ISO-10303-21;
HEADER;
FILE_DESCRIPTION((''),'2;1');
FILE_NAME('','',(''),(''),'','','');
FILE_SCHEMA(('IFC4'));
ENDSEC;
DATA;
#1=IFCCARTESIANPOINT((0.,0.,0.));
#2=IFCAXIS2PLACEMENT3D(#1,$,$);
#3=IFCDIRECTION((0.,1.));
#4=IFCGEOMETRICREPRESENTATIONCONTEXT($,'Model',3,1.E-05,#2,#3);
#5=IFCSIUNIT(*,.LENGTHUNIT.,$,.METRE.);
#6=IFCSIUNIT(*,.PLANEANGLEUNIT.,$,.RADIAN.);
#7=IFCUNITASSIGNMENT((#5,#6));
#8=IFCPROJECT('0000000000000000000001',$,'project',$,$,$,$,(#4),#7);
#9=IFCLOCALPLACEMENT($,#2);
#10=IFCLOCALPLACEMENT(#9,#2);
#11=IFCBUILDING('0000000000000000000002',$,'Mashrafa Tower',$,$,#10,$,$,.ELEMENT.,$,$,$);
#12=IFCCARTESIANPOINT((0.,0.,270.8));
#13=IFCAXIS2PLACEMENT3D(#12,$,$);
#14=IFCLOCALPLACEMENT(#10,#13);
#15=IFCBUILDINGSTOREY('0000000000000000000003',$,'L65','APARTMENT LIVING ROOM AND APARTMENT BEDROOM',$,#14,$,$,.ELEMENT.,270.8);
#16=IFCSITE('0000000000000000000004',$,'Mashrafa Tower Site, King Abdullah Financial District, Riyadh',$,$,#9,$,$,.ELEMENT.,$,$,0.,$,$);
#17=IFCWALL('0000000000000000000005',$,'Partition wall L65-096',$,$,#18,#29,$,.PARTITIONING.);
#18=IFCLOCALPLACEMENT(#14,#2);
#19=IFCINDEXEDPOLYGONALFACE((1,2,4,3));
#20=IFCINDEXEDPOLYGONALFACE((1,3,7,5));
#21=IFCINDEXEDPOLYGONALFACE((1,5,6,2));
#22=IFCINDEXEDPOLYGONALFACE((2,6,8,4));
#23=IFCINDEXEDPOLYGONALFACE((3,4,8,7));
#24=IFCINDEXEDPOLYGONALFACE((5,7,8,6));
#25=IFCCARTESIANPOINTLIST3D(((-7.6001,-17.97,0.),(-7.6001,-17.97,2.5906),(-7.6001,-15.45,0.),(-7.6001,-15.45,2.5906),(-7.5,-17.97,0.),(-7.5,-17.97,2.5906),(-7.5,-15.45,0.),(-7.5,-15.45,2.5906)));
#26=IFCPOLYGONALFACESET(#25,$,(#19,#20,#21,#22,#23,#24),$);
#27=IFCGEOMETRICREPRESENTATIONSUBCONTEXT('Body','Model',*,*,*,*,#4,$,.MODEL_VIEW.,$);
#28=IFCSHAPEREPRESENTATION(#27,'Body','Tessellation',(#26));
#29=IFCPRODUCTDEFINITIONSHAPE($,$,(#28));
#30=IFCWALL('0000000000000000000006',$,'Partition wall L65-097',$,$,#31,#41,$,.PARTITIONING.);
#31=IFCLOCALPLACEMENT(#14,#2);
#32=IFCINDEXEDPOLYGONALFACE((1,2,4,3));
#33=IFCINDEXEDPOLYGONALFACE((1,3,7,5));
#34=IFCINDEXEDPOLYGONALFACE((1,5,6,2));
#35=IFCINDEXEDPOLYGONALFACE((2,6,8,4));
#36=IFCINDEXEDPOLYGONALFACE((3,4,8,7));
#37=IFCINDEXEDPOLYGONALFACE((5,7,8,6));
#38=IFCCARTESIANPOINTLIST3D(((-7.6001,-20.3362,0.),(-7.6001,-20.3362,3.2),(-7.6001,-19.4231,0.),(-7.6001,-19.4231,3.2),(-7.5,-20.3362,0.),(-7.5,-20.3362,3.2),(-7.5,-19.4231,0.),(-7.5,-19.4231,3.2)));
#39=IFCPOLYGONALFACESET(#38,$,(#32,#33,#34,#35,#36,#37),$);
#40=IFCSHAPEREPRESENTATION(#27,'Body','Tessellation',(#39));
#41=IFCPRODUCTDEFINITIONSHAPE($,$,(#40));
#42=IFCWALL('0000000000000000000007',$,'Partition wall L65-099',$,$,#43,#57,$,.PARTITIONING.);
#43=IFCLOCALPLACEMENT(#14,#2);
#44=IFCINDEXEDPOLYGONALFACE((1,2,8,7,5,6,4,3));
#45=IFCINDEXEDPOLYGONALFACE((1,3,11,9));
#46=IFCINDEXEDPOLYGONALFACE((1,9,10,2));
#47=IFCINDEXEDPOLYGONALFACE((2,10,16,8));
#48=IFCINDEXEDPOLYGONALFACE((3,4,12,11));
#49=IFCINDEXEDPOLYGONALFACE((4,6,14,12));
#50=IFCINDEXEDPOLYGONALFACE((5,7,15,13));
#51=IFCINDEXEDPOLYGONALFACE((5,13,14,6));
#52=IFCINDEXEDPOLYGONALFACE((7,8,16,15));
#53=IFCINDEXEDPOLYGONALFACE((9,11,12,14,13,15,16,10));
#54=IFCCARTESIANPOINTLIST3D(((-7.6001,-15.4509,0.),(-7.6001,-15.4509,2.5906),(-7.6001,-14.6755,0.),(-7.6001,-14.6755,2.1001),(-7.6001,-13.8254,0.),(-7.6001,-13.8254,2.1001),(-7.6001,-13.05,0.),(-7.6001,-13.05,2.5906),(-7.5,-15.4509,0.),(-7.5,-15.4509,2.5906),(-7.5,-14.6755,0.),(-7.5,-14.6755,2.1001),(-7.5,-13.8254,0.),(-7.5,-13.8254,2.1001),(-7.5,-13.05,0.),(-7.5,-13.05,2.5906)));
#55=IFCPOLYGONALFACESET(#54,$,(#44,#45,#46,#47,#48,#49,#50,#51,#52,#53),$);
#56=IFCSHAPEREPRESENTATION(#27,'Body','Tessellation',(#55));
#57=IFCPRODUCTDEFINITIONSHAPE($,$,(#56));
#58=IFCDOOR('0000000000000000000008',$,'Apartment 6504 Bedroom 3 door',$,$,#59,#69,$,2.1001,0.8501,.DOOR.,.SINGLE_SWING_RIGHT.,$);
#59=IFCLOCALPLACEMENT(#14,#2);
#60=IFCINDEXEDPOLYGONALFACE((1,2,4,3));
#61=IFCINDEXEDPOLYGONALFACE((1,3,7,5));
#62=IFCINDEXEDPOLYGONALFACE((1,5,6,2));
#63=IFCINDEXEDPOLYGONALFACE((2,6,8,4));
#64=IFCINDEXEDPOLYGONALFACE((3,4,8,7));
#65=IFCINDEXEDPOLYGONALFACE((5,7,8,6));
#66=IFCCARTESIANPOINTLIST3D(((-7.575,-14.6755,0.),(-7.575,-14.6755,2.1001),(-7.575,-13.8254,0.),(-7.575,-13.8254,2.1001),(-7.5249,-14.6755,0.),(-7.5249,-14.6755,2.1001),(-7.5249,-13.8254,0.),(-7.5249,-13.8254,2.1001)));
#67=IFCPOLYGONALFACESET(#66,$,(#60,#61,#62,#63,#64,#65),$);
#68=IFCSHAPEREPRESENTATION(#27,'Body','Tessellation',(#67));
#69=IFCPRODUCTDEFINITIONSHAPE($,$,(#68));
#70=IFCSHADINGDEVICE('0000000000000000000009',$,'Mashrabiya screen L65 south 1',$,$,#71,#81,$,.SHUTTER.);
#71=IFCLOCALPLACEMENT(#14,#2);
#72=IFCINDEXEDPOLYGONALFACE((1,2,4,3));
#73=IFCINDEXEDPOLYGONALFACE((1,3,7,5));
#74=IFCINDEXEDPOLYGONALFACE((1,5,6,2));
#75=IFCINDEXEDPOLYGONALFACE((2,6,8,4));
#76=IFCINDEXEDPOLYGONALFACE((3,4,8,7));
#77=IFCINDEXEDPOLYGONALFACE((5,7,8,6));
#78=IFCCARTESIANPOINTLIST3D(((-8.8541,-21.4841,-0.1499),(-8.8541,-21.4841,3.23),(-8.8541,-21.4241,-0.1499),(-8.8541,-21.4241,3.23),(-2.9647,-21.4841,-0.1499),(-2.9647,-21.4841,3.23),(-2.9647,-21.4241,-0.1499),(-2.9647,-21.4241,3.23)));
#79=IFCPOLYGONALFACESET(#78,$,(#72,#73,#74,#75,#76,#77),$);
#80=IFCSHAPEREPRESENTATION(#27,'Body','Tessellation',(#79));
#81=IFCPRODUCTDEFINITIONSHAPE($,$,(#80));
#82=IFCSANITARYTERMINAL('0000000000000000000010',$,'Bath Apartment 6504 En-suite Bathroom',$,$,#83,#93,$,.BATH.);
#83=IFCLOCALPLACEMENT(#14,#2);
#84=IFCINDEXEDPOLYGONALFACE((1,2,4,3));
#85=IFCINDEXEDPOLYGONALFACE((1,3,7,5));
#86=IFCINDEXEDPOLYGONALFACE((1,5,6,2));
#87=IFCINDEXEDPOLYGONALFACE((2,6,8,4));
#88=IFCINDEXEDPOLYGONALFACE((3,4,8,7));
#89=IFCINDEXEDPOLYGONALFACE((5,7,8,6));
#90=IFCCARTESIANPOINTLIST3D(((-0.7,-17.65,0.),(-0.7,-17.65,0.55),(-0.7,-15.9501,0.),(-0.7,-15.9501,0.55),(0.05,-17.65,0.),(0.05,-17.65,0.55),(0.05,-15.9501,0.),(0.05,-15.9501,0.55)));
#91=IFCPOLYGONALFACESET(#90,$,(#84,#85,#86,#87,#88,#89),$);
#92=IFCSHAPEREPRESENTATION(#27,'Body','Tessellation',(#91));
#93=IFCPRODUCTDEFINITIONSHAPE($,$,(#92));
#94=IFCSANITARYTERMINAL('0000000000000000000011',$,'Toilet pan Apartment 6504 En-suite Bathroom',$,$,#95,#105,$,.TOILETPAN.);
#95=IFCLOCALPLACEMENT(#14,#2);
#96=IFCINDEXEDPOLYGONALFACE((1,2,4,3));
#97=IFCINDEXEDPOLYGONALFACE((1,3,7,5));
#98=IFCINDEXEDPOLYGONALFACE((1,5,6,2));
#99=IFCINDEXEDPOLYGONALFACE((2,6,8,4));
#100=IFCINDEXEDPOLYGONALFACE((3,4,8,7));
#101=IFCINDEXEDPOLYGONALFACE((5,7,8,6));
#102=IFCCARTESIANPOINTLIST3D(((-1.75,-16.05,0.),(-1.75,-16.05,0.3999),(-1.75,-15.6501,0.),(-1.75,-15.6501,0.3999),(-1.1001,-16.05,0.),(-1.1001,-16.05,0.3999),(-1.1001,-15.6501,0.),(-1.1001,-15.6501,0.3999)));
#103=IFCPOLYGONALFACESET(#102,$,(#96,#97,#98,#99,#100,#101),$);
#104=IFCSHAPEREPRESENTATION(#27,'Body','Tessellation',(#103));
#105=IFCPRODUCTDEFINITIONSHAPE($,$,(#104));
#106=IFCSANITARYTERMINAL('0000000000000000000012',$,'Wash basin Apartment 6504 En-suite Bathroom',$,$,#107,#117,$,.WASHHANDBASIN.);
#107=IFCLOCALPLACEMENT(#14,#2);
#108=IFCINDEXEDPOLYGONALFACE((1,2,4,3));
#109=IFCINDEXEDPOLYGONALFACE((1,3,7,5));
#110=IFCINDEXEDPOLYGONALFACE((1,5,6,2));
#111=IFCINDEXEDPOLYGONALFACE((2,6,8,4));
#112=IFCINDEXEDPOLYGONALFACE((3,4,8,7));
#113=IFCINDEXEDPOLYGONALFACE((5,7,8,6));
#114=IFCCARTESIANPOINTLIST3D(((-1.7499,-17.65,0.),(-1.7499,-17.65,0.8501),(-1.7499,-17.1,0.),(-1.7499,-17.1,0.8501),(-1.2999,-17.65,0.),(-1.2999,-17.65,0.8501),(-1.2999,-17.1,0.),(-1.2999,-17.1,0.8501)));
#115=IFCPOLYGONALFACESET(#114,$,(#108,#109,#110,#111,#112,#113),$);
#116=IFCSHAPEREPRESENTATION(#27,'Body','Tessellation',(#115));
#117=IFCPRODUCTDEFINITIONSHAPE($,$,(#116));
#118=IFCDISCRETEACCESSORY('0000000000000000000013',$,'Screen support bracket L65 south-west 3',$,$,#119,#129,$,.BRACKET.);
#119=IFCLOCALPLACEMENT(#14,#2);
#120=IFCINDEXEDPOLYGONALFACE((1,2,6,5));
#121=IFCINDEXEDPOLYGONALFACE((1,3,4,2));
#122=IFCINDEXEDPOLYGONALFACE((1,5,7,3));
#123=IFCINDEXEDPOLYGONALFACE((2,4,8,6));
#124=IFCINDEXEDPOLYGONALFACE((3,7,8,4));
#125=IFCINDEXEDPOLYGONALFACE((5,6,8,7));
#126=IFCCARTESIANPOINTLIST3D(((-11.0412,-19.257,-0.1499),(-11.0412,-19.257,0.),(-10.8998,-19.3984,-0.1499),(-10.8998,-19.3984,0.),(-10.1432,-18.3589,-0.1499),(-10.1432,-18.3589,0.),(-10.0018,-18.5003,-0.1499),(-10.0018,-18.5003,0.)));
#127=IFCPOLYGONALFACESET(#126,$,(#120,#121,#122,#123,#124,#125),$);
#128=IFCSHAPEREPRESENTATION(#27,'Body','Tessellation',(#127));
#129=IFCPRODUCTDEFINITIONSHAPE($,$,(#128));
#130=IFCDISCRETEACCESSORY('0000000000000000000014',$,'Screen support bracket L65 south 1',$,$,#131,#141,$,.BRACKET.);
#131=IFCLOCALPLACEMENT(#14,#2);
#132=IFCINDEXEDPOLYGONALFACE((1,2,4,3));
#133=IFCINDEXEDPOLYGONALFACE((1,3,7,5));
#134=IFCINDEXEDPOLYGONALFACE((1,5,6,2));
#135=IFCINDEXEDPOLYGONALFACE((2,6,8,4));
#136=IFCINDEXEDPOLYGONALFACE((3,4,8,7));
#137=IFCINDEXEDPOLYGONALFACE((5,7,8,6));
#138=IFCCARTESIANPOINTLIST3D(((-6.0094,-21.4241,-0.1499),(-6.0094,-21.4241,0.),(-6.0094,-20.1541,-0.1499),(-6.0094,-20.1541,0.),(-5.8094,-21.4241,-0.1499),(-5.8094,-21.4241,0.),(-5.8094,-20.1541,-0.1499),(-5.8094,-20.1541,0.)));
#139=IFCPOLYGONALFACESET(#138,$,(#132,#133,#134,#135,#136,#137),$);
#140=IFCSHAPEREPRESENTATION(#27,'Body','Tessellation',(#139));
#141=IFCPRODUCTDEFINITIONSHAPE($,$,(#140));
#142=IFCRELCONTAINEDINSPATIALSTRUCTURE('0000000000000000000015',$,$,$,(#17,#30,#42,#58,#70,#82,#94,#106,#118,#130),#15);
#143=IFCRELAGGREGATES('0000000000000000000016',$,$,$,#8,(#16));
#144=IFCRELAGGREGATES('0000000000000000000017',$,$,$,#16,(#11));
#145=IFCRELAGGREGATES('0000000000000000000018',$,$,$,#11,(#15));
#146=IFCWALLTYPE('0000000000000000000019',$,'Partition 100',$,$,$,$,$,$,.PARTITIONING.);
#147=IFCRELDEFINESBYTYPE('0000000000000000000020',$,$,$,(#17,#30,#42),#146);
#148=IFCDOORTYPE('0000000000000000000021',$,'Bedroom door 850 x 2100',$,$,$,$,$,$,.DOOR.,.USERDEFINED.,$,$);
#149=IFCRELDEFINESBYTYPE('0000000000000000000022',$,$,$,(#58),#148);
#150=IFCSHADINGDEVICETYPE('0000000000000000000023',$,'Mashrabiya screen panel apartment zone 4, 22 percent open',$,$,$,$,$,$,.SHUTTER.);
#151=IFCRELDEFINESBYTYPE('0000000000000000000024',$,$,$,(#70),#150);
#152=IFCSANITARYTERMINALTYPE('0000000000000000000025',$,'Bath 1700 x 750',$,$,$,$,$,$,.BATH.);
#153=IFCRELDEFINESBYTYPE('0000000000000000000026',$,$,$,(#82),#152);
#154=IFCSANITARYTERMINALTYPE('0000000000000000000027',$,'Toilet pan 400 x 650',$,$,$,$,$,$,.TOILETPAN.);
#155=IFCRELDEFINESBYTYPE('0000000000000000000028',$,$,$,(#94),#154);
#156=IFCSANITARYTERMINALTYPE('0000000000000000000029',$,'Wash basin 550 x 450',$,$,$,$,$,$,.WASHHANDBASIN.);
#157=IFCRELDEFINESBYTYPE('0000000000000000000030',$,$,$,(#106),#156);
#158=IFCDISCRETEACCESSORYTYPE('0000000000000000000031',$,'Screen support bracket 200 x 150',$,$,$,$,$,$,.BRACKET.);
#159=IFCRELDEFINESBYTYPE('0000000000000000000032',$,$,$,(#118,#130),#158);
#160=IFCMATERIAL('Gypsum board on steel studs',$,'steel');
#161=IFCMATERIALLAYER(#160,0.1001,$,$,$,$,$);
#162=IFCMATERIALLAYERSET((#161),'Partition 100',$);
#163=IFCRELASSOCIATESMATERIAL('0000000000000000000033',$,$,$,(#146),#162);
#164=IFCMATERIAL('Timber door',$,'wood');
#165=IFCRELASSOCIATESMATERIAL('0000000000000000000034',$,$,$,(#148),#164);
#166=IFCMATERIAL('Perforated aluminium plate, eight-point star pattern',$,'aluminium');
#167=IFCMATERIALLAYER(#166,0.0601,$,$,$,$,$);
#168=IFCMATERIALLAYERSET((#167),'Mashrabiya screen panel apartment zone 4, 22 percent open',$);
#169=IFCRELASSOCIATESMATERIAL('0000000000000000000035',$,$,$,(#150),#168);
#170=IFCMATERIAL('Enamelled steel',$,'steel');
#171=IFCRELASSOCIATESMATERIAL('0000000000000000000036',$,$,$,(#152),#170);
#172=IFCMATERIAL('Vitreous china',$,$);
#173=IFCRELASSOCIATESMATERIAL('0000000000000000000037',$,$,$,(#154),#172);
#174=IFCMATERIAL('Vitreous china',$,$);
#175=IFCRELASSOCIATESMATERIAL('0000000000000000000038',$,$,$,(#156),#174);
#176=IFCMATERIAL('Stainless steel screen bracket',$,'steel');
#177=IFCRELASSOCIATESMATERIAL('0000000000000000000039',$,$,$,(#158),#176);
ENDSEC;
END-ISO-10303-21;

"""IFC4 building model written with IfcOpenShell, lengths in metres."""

from ifc_helpers import new_model, si_unit, direction, frame, frame_2d, origin, origin_2d, place, context, subcontext, project, spatial, rectangle, extrude, source, transform, mapped, material, layer, layer_set, type_object, type_shapes, element, fill, save


model = new_model("IFC4")

# Units and contexts
model_context = context("Model", 3, precision=1e-05, world=origin(), true_north=direction((0.0, 1.0)))
body_context = subcontext(model_context, "Body", "Model", "MODEL_VIEW")
ifc_project = project(units=[si_unit("LENGTHUNIT", "METRE"), si_unit("PLANEANGLEUNIT", "RADIAN")], contexts=[model_context])

# Site, building, storey
site_placement = place(None, origin())
site = spatial("IfcSite", under=ifc_project, at=site_placement, Name="Mashrafa Tower Site, King Abdullah Financial District, Riyadh", CompositionType="ELEMENT", RefElevation=0.0)
building_placement = place(site_placement, origin())
building = spatial("IfcBuilding", under=site, at=building_placement, Name="Mashrafa Tower", CompositionType="ELEMENT")
storey_placement = place(building_placement, frame((0.0, 0.0, 270.8)))
storey = spatial("IfcBuildingStorey", under=building, at=storey_placement, Name="L65", Description="APARTMENT LIVING ROOM AND APARTMENT BEDROOM", CompositionType="ELEMENT", Elevation=270.8)

# Walls
ifc_material_1 = material(Name="Gypsum board on steel studs", Category="steel")
ifc_layer_1 = layer(ifc_material_1, 0.1001)
ifc_layer_set_1 = layer_set([ifc_layer_1], Name="Partition 100")
wall_type = type_object("IfcWallType", Name="Partition 100", PredefinedType="PARTITIONING", material=ifc_layer_set_1)
wall_1_placement = place(storey_placement, frame((-7.55, -15.45, 0.0), z_axis=(0.0, 0.0, 1.0), x_axis=(0.0, -1.0, 0.0)))
element("IfcWall", 1, at=wall_1_placement, inside=storey, type_object=wall_type, Name="Partition wall L65-096", PredefinedType="PARTITIONING", context=body_context, shape_type="SweptSolid", body=[
    extrude(rectangle(XDim=2.52, YDim=0.1001, at=frame_2d((1.26, 0.0))), origin(), (0.0, 0.0, 1.0), 2.5906),
])
wall_2_placement = place(storey_placement, frame((-7.55, -19.4231, 0.0), z_axis=(0.0, 0.0, 1.0), x_axis=(0.0, -1.0, 0.0)))
element("IfcWall", 2, at=wall_2_placement, inside=storey, type_object=wall_type, Name="Partition wall L65-097", PredefinedType="PARTITIONING", context=body_context, shape_type="SweptSolid", body=[
    extrude(rectangle(XDim=0.9131, YDim=0.1001, at=frame_2d((0.4565, 0.0))), origin(), (0.0, 0.0, 1.0), 3.2),
])

# Wall, opening, door
wall_3_placement = place(storey_placement, frame((-7.55, -15.4509, 0.0), z_axis=(0.0, 0.0, 1.0), x_axis=(0.0, 1.0, 0.0)))
wall_3 = element("IfcWall", 3, at=wall_3_placement, inside=storey, type_object=wall_type, Name="Partition wall L65-099", PredefinedType="PARTITIONING", context=body_context, shape_type="SweptSolid", body=[
    extrude(rectangle(XDim=2.4009, YDim=0.1001, at=frame_2d((1.2004, 0.0))), origin(), (0.0, 0.0, 1.0), 2.5906),
])
opening_placement = place(wall_3_placement, frame((0.7754, 0.0, 0.0)))
opening = element("IfcOpeningElement", 4, at=opening_placement, cuts=wall_3, PredefinedType="OPENING", context=body_context, shape_type="SweptSolid", body=[
    extrude(rectangle(XDim=0.8501, YDim=2.1001, at=frame_2d((0.425, 1.05))), frame((0.0, 0.0601, 0.0), z_axis=(0.0, -1.0, 0.0), x_axis=(1.0, 0.0, 0.0)), (0.0, 0.0, 1.0), 0.1201),
])
ifc_material_2 = material(Name="Timber door", Category="wood")
door_type = type_object("IfcDoorType", Name="Bedroom door 850 x 2100", OperationType="USERDEFINED", PredefinedType="DOOR", material=ifc_material_2)
door_placement = place(opening_placement, origin())
door = element("IfcDoor", 5, at=door_placement, inside=storey, type_object=door_type, Name="Apartment 6504 Bedroom 3 door", OperationType="SINGLE_SWING_RIGHT", OverallHeight=2.1001, OverallWidth=0.8501, PredefinedType="DOOR", context=body_context, shape_type="SweptSolid", body=[
    extrude(rectangle(XDim=0.8501, YDim=2.1001, at=frame_2d((0.425, 1.05))), frame((0.0, 0.0249, 0.0), z_axis=(0.0, -1.0, 0.0), x_axis=(1.0, 0.0, 0.0)), (0.0, 0.0, 1.0), 0.05),
])
fill(opening, door)

# Shading device
ifc_material_3 = material(Name="Perforated aluminium plate, eight-point star pattern", Category="aluminium")
ifc_layer_2 = layer(ifc_material_3, 0.0601)
ifc_layer_set_2 = layer_set([ifc_layer_2], Name="Mashrabiya screen panel apartment zone 4, 22 percent open")
shading_device_type = type_object("IfcShadingDeviceType", Name="Mashrabiya screen panel apartment zone 4, 22 percent open", PredefinedType="SHUTTER", material=ifc_layer_set_2)
shared_shape_1 = source(origin(), body_context, "Body", "SweptSolid", [
    extrude(rectangle(XDim=5.8894, YDim=0.0601, at=origin_2d()), origin(), (0.0, 0.0, 1.0), 3.3799),
])
type_shapes(shading_device_type, [shared_shape_1])
shading_device_placement = place(storey_placement, frame((-5.9094, -21.4541, -0.1499), z_axis=(0.0, 0.0, 1.0), x_axis=(1.0, 0.0, 0.0)))
element("IfcShadingDevice", 6, at=shading_device_placement, inside=storey, type_object=shading_device_type, Name="Mashrabiya screen L65 south 1", PredefinedType="SHUTTER", context=body_context, shape_type="MappedRepresentation", body=[
    mapped(shared_shape_1, transform((0.0, 0.0, 0.0))),
])

# Sanitary terminals
ifc_material_4 = material(Name="Enamelled steel", Category="steel")
sanitary_terminal_type_1 = type_object("IfcSanitaryTerminalType", Name="Bath 1700 x 750", PredefinedType="BATH", material=ifc_material_4)
sanitary_terminal_1_placement = place(storey_placement, frame((-0.325, -16.8, 0.0), z_axis=(0.0, 0.0, 1.0), x_axis=(0.0, 1.0, 0.0)))
element("IfcSanitaryTerminal", 7, at=sanitary_terminal_1_placement, inside=storey, type_object=sanitary_terminal_type_1, Name="Bath Apartment 6504 En-suite Bathroom", PredefinedType="BATH", context=body_context, shape_type="SweptSolid", body=[
    extrude(rectangle(XDim=1.7, YDim=0.75, at=origin_2d()), origin(), (0.0, 0.0, 1.0), 0.55),
])
ifc_material_5 = material(Name="Vitreous china")
sanitary_terminal_type_2 = type_object("IfcSanitaryTerminalType", Name="Toilet pan 400 x 650", PredefinedType="TOILETPAN", material=ifc_material_5)
sanitary_terminal_2_placement = place(storey_placement, frame((-1.425, -15.8501, 0.0), z_axis=(0.0, 0.0, 1.0), x_axis=(0.0, -1.0, 0.0)))
element("IfcSanitaryTerminal", 8, at=sanitary_terminal_2_placement, inside=storey, type_object=sanitary_terminal_type_2, Name="Toilet pan Apartment 6504 En-suite Bathroom", PredefinedType="TOILETPAN", context=body_context, shape_type="SweptSolid", body=[
    extrude(rectangle(XDim=0.3999, YDim=0.6499, at=origin_2d()), origin(), (0.0, 0.0, 1.0), 0.3999),
])
ifc_material_6 = material(Name="Vitreous china")
sanitary_terminal_type_3 = type_object("IfcSanitaryTerminalType", Name="Wash basin 550 x 450", PredefinedType="WASHHANDBASIN", material=ifc_material_6)
sanitary_terminal_3_placement = place(storey_placement, frame((-1.5249, -17.375, 0.0), z_axis=(0.0, 0.0, 1.0), x_axis=(0.0, -1.0, 0.0)))
element("IfcSanitaryTerminal", 9, at=sanitary_terminal_3_placement, inside=storey, type_object=sanitary_terminal_type_3, Name="Wash basin Apartment 6504 En-suite Bathroom", PredefinedType="WASHHANDBASIN", context=body_context, shape_type="SweptSolid", body=[
    extrude(rectangle(XDim=0.55, YDim=0.45, at=origin_2d()), origin(), (0.0, 0.0, 1.0), 0.8501),
])

# Discrete accessories
ifc_material_7 = material(Name="Stainless steel screen bracket", Category="steel")
discrete_accessory_type = type_object("IfcDiscreteAccessoryType", Name="Screen support bracket 200 x 150", PredefinedType="BRACKET", material=ifc_material_7)
shared_shape_2 = source(origin(), body_context, "Body", "SweptSolid", [
    extrude(rectangle(XDim=0.2, YDim=1.27, at=origin_2d()), origin(), (0.0, 0.0, 1.0), 0.1499),
])
type_shapes(discrete_accessory_type, [shared_shape_2])
for number, where, z_axis, x_axis, name in (
    (10, (-10.5215, -18.8787, -0.1499), (0.0, 0.0, 1.0), (0.707107, -0.707107, 0.0), "Screen support bracket L65 south-west 3"),
    (11, (-5.9094, -20.7891, -0.1499), (0.0, 0.0, 1.0), (1.0, 0.0, 0.0), "Screen support bracket L65 south 1"),
):
    element("IfcDiscreteAccessory", number, at=place(storey_placement, frame(where, z_axis=z_axis, x_axis=x_axis)), inside=storey, type_object=discrete_accessory_type, Name=name, PredefinedType="BRACKET", context=body_context, shape_type="MappedRepresentation", body=[
        mapped(shared_shape_2, transform((0.0, 0.0, 0.0))),
    ])

save(model, "model.ifc")
